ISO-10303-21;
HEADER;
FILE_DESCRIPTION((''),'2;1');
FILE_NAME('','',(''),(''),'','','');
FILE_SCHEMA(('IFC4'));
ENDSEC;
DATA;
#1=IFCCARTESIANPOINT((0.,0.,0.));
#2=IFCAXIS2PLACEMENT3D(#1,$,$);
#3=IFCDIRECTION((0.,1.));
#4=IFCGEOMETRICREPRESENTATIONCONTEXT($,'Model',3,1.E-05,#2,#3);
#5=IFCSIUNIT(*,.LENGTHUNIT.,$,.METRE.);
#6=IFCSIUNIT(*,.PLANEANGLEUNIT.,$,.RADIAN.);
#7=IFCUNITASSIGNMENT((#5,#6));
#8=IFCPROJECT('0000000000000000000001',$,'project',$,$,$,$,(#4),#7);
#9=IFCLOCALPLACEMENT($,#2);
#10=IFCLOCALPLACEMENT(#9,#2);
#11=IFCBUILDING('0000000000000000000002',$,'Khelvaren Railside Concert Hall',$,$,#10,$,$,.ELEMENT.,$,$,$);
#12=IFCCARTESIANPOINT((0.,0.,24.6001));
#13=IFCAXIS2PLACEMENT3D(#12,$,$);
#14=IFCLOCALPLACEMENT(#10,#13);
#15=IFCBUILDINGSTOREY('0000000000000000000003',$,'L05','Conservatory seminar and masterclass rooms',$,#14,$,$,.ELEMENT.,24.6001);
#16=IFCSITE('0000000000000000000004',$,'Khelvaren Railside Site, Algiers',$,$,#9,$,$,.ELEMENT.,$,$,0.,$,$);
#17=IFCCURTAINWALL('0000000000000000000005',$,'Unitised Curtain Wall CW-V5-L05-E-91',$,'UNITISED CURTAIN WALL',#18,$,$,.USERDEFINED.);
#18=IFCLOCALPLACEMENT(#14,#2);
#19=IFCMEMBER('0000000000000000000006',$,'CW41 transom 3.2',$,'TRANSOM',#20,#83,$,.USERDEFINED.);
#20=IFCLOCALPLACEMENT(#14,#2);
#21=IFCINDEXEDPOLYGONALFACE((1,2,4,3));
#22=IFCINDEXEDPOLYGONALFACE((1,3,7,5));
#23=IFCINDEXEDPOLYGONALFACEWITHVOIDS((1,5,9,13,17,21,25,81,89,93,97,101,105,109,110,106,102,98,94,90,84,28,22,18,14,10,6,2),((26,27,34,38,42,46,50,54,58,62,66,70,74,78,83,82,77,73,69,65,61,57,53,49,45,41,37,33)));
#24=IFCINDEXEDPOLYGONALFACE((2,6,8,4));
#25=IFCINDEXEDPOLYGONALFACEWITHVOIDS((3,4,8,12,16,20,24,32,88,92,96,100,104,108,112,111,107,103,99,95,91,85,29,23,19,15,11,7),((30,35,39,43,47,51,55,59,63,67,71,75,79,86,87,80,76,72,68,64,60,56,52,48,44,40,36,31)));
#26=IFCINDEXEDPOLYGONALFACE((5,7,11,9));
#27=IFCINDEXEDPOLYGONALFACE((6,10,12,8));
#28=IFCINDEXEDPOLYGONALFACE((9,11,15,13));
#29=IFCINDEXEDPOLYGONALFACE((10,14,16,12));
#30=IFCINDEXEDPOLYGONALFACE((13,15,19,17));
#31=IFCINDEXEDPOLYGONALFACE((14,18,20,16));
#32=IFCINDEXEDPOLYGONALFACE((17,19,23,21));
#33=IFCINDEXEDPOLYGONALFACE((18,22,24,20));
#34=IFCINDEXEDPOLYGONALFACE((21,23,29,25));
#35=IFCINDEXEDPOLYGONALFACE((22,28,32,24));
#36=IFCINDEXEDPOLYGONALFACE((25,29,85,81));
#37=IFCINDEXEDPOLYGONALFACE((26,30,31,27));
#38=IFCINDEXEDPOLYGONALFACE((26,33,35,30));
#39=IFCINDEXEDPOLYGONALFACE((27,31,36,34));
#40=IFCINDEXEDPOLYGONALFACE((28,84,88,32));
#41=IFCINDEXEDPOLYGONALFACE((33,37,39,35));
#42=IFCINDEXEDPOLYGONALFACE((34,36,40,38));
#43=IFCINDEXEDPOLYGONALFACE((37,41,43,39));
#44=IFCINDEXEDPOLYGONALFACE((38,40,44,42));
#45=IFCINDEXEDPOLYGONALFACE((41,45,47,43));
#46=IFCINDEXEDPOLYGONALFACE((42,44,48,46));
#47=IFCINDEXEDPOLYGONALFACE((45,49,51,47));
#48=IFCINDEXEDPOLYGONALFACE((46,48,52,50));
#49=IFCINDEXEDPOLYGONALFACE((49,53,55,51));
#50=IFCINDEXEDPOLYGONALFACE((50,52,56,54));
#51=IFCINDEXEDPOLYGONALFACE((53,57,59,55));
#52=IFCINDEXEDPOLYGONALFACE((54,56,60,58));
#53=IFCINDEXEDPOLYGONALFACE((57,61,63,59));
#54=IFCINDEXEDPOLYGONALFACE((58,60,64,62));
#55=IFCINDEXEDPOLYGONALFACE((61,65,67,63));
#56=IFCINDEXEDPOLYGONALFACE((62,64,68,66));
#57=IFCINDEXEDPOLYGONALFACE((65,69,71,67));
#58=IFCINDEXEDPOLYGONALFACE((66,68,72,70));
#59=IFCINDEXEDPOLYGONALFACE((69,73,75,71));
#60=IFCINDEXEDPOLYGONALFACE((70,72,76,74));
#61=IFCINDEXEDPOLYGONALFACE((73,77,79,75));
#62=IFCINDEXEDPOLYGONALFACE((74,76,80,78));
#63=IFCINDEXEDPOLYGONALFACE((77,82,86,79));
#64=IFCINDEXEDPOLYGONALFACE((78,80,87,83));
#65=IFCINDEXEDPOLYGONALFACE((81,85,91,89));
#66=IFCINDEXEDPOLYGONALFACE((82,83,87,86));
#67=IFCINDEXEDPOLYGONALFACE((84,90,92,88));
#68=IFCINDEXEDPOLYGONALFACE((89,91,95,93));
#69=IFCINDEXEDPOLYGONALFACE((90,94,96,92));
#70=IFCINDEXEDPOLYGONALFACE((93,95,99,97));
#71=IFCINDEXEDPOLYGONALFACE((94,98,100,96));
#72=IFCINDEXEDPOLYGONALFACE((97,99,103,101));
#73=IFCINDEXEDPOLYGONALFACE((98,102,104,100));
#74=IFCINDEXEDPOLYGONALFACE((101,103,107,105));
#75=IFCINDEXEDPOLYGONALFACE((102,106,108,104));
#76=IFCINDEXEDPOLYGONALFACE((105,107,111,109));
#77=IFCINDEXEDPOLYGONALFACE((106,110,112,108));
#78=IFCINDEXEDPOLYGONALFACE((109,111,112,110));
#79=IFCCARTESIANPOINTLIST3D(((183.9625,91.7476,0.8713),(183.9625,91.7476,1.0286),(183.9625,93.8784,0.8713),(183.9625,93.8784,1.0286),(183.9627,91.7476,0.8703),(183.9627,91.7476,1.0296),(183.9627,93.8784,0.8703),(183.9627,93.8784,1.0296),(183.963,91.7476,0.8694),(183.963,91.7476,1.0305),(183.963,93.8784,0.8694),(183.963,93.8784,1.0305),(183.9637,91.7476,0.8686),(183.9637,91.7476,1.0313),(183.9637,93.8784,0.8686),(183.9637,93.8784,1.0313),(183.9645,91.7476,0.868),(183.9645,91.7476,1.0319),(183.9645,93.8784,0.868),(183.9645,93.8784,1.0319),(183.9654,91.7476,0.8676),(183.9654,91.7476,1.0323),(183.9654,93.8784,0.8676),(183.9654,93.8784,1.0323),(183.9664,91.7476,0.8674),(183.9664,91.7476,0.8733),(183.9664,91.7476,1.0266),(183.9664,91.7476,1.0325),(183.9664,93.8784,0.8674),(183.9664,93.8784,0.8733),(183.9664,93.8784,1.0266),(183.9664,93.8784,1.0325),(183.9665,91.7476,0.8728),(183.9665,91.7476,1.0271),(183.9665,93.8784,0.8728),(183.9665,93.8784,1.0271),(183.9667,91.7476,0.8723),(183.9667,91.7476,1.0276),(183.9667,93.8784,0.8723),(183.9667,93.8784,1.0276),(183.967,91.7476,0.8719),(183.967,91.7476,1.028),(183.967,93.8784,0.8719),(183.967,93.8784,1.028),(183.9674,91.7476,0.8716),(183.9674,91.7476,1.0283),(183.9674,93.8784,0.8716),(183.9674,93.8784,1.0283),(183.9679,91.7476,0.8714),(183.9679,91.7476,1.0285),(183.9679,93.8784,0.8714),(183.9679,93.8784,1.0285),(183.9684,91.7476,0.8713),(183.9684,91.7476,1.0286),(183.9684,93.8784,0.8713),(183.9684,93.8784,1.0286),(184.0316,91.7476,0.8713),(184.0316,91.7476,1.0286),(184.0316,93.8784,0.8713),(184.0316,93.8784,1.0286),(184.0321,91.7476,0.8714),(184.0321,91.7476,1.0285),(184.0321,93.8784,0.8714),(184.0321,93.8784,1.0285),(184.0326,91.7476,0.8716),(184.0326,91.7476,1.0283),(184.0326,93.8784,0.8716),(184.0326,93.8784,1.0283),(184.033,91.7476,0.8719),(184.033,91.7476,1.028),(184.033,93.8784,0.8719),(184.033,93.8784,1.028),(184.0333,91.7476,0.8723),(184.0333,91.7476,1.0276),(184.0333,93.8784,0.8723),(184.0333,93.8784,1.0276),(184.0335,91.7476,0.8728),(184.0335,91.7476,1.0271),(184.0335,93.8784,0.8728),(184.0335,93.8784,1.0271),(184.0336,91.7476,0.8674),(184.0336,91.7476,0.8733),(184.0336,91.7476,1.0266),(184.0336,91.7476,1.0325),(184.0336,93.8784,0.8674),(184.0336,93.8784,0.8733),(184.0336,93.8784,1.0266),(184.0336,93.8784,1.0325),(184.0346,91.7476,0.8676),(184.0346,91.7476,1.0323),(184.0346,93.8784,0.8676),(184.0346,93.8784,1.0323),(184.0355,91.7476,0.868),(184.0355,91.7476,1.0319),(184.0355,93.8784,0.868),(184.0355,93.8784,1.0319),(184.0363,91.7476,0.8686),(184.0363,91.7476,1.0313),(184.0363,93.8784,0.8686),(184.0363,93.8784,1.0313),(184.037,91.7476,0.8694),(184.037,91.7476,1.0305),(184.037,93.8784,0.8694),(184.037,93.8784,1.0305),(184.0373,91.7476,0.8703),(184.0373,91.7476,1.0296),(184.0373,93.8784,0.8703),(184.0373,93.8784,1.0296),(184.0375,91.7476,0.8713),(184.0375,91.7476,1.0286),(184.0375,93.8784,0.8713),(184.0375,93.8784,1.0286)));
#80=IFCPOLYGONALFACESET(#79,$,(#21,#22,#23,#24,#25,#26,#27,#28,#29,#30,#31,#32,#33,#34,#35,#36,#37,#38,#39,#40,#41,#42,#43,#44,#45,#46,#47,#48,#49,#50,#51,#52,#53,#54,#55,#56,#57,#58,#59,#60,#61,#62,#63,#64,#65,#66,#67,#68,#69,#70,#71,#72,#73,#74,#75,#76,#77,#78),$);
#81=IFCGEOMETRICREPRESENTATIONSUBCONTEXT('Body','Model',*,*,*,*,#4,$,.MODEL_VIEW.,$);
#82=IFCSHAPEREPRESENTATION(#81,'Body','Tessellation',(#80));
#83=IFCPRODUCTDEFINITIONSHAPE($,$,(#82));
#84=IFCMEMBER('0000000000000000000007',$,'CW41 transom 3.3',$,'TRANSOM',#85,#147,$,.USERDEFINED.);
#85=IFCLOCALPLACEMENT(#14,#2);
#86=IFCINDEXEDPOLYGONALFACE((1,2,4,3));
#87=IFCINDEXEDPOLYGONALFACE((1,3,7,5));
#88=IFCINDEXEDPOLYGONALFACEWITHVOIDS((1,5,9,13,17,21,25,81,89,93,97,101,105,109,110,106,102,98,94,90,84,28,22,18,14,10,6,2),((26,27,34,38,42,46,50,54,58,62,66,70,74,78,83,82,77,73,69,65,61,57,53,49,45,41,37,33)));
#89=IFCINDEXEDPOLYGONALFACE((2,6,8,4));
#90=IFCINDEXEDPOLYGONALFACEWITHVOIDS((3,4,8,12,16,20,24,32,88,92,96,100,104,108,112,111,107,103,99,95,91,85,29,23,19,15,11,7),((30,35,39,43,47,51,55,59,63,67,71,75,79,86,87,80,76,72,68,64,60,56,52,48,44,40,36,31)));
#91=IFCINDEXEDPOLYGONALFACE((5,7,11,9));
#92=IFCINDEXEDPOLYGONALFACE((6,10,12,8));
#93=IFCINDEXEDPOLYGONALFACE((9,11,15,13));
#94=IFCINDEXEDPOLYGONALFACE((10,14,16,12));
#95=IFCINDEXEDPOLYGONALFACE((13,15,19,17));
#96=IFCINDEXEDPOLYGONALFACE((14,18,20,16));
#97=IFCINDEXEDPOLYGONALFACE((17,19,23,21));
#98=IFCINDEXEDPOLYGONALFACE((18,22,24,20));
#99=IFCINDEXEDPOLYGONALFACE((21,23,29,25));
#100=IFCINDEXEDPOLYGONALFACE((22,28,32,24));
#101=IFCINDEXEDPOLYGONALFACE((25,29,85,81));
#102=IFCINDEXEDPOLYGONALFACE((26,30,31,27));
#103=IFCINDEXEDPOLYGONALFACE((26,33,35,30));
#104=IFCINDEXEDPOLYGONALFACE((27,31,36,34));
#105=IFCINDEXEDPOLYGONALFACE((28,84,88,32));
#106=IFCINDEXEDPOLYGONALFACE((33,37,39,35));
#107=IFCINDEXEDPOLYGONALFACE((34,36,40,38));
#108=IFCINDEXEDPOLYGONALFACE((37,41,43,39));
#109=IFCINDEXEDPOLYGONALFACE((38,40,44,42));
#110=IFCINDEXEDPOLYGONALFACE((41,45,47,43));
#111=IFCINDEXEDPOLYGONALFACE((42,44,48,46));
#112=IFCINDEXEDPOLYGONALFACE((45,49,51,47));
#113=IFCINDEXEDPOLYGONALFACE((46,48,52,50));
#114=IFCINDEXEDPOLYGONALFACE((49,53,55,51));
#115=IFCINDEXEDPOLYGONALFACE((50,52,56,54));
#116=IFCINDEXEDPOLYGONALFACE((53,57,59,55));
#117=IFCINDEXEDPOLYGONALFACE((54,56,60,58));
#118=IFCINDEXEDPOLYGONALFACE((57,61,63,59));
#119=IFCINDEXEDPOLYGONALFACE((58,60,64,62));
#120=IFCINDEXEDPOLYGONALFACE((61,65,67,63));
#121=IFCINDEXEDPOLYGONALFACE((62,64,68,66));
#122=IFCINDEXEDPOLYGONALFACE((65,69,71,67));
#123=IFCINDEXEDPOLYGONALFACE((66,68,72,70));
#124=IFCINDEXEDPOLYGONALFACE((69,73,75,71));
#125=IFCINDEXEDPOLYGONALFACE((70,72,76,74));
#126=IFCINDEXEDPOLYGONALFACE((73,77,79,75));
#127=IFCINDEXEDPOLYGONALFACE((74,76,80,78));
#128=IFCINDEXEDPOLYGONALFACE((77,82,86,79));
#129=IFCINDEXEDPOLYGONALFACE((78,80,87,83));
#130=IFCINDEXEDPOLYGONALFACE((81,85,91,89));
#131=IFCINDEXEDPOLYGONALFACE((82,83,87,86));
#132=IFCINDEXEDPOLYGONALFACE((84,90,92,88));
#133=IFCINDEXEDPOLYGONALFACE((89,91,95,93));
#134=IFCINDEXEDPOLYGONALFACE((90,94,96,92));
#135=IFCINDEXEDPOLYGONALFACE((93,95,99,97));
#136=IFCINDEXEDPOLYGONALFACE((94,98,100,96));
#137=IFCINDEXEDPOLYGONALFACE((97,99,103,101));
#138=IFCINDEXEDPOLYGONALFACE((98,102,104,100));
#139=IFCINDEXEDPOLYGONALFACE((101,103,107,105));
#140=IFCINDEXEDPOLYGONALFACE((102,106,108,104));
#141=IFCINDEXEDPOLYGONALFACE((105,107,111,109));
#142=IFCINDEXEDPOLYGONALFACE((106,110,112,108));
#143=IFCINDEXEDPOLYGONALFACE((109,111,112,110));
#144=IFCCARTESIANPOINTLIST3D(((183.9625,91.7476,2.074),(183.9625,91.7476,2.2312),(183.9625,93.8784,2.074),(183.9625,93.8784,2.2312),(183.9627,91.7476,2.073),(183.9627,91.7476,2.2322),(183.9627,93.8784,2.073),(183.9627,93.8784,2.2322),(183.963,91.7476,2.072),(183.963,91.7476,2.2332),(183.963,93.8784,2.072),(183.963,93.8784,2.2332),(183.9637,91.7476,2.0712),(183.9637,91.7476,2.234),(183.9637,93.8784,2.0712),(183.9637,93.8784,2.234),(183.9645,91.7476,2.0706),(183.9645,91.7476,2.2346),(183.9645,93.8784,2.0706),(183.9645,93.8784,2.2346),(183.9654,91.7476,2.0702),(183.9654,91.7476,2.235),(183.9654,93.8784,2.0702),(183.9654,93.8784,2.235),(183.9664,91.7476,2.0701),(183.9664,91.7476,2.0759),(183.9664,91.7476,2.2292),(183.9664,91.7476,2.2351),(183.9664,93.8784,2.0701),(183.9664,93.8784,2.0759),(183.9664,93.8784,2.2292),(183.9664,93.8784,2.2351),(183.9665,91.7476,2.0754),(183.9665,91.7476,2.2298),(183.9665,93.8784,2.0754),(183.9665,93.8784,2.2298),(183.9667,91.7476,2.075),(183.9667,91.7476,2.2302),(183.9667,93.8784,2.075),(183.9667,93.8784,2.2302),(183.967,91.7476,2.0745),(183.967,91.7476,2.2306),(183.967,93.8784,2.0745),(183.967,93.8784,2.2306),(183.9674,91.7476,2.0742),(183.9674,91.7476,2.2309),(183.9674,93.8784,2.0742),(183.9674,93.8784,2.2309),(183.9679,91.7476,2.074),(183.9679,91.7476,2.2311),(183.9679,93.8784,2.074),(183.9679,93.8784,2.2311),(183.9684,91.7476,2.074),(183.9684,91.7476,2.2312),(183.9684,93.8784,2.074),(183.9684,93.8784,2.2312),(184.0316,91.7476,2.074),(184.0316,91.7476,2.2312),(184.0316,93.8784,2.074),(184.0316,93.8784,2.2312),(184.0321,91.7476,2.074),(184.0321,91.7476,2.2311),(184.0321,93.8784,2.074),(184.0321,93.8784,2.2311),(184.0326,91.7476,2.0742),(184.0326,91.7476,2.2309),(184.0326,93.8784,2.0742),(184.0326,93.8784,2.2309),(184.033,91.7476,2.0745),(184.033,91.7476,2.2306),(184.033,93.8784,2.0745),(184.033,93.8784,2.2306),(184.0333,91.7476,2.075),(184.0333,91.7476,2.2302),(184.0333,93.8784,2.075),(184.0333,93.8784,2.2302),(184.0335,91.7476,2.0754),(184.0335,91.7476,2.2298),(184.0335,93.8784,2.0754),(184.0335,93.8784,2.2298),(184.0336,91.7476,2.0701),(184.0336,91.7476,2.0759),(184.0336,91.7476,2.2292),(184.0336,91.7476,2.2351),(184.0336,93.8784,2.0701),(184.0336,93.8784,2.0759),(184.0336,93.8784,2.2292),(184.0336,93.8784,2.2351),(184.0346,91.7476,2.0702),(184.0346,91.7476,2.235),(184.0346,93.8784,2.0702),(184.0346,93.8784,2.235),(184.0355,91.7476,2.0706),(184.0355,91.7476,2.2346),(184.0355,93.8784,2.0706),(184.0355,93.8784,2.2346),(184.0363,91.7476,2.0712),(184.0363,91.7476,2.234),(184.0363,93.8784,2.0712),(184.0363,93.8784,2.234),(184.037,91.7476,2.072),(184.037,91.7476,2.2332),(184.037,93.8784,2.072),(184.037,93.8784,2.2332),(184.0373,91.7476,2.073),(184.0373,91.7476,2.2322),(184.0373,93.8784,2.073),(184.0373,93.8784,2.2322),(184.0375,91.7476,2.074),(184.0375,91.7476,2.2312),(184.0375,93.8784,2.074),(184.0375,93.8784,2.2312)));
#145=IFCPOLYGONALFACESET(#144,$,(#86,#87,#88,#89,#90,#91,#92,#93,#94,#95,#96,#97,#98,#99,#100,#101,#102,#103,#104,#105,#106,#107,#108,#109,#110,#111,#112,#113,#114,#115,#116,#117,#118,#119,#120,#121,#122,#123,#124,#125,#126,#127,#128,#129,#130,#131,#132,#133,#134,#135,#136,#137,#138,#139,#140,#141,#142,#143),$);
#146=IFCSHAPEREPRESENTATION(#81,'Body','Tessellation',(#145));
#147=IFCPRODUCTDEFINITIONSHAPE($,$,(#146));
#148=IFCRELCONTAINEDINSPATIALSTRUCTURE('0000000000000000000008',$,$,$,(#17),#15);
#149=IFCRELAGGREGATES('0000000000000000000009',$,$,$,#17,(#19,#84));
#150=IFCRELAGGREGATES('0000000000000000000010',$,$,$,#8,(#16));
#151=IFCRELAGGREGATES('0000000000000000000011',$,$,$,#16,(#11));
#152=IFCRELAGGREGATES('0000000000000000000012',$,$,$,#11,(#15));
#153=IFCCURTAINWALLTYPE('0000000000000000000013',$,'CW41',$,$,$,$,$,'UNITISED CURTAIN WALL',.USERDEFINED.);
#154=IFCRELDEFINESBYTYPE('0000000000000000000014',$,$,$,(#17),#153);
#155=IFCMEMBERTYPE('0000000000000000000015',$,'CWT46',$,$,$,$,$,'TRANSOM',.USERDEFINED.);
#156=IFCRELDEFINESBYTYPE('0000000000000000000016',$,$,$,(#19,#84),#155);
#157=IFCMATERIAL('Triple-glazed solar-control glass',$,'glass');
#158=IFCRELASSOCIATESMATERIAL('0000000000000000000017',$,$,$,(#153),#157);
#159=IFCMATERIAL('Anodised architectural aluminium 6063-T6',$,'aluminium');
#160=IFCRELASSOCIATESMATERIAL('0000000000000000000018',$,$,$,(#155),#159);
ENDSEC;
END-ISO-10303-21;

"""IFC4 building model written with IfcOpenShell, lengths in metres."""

from ifc_helpers import new_model, si_unit, direction, frame, origin, origin_2d, place, context, subcontext, project, spatial, hollow_rectangle, extrude, material, material_profile, profile_set, type_object, element, aggregate, save


model = new_model("IFC4")

# Units and contexts
model_context = context("Model", 3, precision=1e-05, world=origin(), true_north=direction((0.0, 1.0)))
body_context = subcontext(model_context, "Body", "Model", "MODEL_VIEW")
ifc_project = project(units=[si_unit("LENGTHUNIT", "METRE"), si_unit("PLANEANGLEUNIT", "RADIAN")], contexts=[model_context])

# Site, building, storey
site_placement = place(None, origin())
site = spatial("IfcSite", under=ifc_project, at=site_placement, Name="Khelvaren Railside Site, Algiers", CompositionType="ELEMENT", RefElevation=0.0)
building_placement = place(site_placement, origin())
building = spatial("IfcBuilding", under=site, at=building_placement, Name="Khelvaren Railside Concert Hall", CompositionType="ELEMENT")
storey_placement = place(building_placement, frame((0.0, 0.0, 24.6001)))
storey = spatial("IfcBuildingStorey", under=building, at=storey_placement, Name="L05", Description="Conservatory seminar and masterclass rooms", CompositionType="ELEMENT", Elevation=24.6001)

# Curtain wall, members
ifc_material_1 = material(Name="Triple-glazed solar-control glass", Category="glass")
curtain_wall_type = type_object("IfcCurtainWallType", Name="CW41", ElementType="UNITISED CURTAIN WALL", PredefinedType="USERDEFINED", material=ifc_material_1)
curtain_wall_placement = place(storey_placement, origin())
curtain_wall = element("IfcCurtainWall", 1, at=curtain_wall_placement, inside=storey, type_object=curtain_wall_type, Name="Unitised Curtain Wall CW-V5-L05-E-91", ObjectType="UNITISED CURTAIN WALL", PredefinedType="USERDEFINED")
ifc_material_2 = material(Name="Anodised architectural aluminium 6063-T6", Category="aluminium")
ifc_material_profile_1 = material_profile(ifc_material_2, hollow_rectangle(XDim=0.075, YDim=0.165, WallThickness=0.0039, InnerFilletRadius=0.002, OuterFilletRadius=0.0039, at=origin_2d()), Name="CWT 75x165x4")
ifc_profile_set_1 = profile_set([ifc_material_profile_1], Name="Anodised architectural aluminium 6063-T6")
member_type_1 = type_object("IfcMemberType", Name="CWT46", ElementType="TRANSOM", PredefinedType="USERDEFINED", material=ifc_profile_set_1)
member_1_placement = place(storey_placement, frame((184.0, 93.8784, 0.95), z_axis=(0.0, -1.0, 0.0), x_axis=(1.0, 0.0, 0.0)))
member_1 = element("IfcMember", 2, at=member_1_placement, type_object=member_type_1, Name="CW41 transom 3.2", ObjectType="TRANSOM", PredefinedType="USERDEFINED", context=body_context, shape_type="SweptSolid", body=[
    extrude(hollow_rectangle(XDim=0.075, YDim=0.165, WallThickness=0.0039, InnerFilletRadius=0.002, OuterFilletRadius=0.0039, at=origin_2d()), origin(), (0.0, 0.0, 1.0), 2.1309),
])
member_2_placement = place(storey_placement, frame((184.0, 93.8784, 2.1526), z_axis=(0.0, -1.0, 0.0), x_axis=(1.0, 0.0, 0.0)))
member_2 = element("IfcMember", 3, at=member_2_placement, type_object=member_type_1, Name="CW41 transom 3.3", ObjectType="TRANSOM", PredefinedType="USERDEFINED", context=body_context, shape_type="SweptSolid", body=[
    extrude(hollow_rectangle(XDim=0.075, YDim=0.165, WallThickness=0.0039, InnerFilletRadius=0.002, OuterFilletRadius=0.0039, at=origin_2d()), origin(), (0.0, 0.0, 1.0), 2.1309),
])
aggregate(curtain_wall, [member_1, member_2])

save(model, "model.ifc")
